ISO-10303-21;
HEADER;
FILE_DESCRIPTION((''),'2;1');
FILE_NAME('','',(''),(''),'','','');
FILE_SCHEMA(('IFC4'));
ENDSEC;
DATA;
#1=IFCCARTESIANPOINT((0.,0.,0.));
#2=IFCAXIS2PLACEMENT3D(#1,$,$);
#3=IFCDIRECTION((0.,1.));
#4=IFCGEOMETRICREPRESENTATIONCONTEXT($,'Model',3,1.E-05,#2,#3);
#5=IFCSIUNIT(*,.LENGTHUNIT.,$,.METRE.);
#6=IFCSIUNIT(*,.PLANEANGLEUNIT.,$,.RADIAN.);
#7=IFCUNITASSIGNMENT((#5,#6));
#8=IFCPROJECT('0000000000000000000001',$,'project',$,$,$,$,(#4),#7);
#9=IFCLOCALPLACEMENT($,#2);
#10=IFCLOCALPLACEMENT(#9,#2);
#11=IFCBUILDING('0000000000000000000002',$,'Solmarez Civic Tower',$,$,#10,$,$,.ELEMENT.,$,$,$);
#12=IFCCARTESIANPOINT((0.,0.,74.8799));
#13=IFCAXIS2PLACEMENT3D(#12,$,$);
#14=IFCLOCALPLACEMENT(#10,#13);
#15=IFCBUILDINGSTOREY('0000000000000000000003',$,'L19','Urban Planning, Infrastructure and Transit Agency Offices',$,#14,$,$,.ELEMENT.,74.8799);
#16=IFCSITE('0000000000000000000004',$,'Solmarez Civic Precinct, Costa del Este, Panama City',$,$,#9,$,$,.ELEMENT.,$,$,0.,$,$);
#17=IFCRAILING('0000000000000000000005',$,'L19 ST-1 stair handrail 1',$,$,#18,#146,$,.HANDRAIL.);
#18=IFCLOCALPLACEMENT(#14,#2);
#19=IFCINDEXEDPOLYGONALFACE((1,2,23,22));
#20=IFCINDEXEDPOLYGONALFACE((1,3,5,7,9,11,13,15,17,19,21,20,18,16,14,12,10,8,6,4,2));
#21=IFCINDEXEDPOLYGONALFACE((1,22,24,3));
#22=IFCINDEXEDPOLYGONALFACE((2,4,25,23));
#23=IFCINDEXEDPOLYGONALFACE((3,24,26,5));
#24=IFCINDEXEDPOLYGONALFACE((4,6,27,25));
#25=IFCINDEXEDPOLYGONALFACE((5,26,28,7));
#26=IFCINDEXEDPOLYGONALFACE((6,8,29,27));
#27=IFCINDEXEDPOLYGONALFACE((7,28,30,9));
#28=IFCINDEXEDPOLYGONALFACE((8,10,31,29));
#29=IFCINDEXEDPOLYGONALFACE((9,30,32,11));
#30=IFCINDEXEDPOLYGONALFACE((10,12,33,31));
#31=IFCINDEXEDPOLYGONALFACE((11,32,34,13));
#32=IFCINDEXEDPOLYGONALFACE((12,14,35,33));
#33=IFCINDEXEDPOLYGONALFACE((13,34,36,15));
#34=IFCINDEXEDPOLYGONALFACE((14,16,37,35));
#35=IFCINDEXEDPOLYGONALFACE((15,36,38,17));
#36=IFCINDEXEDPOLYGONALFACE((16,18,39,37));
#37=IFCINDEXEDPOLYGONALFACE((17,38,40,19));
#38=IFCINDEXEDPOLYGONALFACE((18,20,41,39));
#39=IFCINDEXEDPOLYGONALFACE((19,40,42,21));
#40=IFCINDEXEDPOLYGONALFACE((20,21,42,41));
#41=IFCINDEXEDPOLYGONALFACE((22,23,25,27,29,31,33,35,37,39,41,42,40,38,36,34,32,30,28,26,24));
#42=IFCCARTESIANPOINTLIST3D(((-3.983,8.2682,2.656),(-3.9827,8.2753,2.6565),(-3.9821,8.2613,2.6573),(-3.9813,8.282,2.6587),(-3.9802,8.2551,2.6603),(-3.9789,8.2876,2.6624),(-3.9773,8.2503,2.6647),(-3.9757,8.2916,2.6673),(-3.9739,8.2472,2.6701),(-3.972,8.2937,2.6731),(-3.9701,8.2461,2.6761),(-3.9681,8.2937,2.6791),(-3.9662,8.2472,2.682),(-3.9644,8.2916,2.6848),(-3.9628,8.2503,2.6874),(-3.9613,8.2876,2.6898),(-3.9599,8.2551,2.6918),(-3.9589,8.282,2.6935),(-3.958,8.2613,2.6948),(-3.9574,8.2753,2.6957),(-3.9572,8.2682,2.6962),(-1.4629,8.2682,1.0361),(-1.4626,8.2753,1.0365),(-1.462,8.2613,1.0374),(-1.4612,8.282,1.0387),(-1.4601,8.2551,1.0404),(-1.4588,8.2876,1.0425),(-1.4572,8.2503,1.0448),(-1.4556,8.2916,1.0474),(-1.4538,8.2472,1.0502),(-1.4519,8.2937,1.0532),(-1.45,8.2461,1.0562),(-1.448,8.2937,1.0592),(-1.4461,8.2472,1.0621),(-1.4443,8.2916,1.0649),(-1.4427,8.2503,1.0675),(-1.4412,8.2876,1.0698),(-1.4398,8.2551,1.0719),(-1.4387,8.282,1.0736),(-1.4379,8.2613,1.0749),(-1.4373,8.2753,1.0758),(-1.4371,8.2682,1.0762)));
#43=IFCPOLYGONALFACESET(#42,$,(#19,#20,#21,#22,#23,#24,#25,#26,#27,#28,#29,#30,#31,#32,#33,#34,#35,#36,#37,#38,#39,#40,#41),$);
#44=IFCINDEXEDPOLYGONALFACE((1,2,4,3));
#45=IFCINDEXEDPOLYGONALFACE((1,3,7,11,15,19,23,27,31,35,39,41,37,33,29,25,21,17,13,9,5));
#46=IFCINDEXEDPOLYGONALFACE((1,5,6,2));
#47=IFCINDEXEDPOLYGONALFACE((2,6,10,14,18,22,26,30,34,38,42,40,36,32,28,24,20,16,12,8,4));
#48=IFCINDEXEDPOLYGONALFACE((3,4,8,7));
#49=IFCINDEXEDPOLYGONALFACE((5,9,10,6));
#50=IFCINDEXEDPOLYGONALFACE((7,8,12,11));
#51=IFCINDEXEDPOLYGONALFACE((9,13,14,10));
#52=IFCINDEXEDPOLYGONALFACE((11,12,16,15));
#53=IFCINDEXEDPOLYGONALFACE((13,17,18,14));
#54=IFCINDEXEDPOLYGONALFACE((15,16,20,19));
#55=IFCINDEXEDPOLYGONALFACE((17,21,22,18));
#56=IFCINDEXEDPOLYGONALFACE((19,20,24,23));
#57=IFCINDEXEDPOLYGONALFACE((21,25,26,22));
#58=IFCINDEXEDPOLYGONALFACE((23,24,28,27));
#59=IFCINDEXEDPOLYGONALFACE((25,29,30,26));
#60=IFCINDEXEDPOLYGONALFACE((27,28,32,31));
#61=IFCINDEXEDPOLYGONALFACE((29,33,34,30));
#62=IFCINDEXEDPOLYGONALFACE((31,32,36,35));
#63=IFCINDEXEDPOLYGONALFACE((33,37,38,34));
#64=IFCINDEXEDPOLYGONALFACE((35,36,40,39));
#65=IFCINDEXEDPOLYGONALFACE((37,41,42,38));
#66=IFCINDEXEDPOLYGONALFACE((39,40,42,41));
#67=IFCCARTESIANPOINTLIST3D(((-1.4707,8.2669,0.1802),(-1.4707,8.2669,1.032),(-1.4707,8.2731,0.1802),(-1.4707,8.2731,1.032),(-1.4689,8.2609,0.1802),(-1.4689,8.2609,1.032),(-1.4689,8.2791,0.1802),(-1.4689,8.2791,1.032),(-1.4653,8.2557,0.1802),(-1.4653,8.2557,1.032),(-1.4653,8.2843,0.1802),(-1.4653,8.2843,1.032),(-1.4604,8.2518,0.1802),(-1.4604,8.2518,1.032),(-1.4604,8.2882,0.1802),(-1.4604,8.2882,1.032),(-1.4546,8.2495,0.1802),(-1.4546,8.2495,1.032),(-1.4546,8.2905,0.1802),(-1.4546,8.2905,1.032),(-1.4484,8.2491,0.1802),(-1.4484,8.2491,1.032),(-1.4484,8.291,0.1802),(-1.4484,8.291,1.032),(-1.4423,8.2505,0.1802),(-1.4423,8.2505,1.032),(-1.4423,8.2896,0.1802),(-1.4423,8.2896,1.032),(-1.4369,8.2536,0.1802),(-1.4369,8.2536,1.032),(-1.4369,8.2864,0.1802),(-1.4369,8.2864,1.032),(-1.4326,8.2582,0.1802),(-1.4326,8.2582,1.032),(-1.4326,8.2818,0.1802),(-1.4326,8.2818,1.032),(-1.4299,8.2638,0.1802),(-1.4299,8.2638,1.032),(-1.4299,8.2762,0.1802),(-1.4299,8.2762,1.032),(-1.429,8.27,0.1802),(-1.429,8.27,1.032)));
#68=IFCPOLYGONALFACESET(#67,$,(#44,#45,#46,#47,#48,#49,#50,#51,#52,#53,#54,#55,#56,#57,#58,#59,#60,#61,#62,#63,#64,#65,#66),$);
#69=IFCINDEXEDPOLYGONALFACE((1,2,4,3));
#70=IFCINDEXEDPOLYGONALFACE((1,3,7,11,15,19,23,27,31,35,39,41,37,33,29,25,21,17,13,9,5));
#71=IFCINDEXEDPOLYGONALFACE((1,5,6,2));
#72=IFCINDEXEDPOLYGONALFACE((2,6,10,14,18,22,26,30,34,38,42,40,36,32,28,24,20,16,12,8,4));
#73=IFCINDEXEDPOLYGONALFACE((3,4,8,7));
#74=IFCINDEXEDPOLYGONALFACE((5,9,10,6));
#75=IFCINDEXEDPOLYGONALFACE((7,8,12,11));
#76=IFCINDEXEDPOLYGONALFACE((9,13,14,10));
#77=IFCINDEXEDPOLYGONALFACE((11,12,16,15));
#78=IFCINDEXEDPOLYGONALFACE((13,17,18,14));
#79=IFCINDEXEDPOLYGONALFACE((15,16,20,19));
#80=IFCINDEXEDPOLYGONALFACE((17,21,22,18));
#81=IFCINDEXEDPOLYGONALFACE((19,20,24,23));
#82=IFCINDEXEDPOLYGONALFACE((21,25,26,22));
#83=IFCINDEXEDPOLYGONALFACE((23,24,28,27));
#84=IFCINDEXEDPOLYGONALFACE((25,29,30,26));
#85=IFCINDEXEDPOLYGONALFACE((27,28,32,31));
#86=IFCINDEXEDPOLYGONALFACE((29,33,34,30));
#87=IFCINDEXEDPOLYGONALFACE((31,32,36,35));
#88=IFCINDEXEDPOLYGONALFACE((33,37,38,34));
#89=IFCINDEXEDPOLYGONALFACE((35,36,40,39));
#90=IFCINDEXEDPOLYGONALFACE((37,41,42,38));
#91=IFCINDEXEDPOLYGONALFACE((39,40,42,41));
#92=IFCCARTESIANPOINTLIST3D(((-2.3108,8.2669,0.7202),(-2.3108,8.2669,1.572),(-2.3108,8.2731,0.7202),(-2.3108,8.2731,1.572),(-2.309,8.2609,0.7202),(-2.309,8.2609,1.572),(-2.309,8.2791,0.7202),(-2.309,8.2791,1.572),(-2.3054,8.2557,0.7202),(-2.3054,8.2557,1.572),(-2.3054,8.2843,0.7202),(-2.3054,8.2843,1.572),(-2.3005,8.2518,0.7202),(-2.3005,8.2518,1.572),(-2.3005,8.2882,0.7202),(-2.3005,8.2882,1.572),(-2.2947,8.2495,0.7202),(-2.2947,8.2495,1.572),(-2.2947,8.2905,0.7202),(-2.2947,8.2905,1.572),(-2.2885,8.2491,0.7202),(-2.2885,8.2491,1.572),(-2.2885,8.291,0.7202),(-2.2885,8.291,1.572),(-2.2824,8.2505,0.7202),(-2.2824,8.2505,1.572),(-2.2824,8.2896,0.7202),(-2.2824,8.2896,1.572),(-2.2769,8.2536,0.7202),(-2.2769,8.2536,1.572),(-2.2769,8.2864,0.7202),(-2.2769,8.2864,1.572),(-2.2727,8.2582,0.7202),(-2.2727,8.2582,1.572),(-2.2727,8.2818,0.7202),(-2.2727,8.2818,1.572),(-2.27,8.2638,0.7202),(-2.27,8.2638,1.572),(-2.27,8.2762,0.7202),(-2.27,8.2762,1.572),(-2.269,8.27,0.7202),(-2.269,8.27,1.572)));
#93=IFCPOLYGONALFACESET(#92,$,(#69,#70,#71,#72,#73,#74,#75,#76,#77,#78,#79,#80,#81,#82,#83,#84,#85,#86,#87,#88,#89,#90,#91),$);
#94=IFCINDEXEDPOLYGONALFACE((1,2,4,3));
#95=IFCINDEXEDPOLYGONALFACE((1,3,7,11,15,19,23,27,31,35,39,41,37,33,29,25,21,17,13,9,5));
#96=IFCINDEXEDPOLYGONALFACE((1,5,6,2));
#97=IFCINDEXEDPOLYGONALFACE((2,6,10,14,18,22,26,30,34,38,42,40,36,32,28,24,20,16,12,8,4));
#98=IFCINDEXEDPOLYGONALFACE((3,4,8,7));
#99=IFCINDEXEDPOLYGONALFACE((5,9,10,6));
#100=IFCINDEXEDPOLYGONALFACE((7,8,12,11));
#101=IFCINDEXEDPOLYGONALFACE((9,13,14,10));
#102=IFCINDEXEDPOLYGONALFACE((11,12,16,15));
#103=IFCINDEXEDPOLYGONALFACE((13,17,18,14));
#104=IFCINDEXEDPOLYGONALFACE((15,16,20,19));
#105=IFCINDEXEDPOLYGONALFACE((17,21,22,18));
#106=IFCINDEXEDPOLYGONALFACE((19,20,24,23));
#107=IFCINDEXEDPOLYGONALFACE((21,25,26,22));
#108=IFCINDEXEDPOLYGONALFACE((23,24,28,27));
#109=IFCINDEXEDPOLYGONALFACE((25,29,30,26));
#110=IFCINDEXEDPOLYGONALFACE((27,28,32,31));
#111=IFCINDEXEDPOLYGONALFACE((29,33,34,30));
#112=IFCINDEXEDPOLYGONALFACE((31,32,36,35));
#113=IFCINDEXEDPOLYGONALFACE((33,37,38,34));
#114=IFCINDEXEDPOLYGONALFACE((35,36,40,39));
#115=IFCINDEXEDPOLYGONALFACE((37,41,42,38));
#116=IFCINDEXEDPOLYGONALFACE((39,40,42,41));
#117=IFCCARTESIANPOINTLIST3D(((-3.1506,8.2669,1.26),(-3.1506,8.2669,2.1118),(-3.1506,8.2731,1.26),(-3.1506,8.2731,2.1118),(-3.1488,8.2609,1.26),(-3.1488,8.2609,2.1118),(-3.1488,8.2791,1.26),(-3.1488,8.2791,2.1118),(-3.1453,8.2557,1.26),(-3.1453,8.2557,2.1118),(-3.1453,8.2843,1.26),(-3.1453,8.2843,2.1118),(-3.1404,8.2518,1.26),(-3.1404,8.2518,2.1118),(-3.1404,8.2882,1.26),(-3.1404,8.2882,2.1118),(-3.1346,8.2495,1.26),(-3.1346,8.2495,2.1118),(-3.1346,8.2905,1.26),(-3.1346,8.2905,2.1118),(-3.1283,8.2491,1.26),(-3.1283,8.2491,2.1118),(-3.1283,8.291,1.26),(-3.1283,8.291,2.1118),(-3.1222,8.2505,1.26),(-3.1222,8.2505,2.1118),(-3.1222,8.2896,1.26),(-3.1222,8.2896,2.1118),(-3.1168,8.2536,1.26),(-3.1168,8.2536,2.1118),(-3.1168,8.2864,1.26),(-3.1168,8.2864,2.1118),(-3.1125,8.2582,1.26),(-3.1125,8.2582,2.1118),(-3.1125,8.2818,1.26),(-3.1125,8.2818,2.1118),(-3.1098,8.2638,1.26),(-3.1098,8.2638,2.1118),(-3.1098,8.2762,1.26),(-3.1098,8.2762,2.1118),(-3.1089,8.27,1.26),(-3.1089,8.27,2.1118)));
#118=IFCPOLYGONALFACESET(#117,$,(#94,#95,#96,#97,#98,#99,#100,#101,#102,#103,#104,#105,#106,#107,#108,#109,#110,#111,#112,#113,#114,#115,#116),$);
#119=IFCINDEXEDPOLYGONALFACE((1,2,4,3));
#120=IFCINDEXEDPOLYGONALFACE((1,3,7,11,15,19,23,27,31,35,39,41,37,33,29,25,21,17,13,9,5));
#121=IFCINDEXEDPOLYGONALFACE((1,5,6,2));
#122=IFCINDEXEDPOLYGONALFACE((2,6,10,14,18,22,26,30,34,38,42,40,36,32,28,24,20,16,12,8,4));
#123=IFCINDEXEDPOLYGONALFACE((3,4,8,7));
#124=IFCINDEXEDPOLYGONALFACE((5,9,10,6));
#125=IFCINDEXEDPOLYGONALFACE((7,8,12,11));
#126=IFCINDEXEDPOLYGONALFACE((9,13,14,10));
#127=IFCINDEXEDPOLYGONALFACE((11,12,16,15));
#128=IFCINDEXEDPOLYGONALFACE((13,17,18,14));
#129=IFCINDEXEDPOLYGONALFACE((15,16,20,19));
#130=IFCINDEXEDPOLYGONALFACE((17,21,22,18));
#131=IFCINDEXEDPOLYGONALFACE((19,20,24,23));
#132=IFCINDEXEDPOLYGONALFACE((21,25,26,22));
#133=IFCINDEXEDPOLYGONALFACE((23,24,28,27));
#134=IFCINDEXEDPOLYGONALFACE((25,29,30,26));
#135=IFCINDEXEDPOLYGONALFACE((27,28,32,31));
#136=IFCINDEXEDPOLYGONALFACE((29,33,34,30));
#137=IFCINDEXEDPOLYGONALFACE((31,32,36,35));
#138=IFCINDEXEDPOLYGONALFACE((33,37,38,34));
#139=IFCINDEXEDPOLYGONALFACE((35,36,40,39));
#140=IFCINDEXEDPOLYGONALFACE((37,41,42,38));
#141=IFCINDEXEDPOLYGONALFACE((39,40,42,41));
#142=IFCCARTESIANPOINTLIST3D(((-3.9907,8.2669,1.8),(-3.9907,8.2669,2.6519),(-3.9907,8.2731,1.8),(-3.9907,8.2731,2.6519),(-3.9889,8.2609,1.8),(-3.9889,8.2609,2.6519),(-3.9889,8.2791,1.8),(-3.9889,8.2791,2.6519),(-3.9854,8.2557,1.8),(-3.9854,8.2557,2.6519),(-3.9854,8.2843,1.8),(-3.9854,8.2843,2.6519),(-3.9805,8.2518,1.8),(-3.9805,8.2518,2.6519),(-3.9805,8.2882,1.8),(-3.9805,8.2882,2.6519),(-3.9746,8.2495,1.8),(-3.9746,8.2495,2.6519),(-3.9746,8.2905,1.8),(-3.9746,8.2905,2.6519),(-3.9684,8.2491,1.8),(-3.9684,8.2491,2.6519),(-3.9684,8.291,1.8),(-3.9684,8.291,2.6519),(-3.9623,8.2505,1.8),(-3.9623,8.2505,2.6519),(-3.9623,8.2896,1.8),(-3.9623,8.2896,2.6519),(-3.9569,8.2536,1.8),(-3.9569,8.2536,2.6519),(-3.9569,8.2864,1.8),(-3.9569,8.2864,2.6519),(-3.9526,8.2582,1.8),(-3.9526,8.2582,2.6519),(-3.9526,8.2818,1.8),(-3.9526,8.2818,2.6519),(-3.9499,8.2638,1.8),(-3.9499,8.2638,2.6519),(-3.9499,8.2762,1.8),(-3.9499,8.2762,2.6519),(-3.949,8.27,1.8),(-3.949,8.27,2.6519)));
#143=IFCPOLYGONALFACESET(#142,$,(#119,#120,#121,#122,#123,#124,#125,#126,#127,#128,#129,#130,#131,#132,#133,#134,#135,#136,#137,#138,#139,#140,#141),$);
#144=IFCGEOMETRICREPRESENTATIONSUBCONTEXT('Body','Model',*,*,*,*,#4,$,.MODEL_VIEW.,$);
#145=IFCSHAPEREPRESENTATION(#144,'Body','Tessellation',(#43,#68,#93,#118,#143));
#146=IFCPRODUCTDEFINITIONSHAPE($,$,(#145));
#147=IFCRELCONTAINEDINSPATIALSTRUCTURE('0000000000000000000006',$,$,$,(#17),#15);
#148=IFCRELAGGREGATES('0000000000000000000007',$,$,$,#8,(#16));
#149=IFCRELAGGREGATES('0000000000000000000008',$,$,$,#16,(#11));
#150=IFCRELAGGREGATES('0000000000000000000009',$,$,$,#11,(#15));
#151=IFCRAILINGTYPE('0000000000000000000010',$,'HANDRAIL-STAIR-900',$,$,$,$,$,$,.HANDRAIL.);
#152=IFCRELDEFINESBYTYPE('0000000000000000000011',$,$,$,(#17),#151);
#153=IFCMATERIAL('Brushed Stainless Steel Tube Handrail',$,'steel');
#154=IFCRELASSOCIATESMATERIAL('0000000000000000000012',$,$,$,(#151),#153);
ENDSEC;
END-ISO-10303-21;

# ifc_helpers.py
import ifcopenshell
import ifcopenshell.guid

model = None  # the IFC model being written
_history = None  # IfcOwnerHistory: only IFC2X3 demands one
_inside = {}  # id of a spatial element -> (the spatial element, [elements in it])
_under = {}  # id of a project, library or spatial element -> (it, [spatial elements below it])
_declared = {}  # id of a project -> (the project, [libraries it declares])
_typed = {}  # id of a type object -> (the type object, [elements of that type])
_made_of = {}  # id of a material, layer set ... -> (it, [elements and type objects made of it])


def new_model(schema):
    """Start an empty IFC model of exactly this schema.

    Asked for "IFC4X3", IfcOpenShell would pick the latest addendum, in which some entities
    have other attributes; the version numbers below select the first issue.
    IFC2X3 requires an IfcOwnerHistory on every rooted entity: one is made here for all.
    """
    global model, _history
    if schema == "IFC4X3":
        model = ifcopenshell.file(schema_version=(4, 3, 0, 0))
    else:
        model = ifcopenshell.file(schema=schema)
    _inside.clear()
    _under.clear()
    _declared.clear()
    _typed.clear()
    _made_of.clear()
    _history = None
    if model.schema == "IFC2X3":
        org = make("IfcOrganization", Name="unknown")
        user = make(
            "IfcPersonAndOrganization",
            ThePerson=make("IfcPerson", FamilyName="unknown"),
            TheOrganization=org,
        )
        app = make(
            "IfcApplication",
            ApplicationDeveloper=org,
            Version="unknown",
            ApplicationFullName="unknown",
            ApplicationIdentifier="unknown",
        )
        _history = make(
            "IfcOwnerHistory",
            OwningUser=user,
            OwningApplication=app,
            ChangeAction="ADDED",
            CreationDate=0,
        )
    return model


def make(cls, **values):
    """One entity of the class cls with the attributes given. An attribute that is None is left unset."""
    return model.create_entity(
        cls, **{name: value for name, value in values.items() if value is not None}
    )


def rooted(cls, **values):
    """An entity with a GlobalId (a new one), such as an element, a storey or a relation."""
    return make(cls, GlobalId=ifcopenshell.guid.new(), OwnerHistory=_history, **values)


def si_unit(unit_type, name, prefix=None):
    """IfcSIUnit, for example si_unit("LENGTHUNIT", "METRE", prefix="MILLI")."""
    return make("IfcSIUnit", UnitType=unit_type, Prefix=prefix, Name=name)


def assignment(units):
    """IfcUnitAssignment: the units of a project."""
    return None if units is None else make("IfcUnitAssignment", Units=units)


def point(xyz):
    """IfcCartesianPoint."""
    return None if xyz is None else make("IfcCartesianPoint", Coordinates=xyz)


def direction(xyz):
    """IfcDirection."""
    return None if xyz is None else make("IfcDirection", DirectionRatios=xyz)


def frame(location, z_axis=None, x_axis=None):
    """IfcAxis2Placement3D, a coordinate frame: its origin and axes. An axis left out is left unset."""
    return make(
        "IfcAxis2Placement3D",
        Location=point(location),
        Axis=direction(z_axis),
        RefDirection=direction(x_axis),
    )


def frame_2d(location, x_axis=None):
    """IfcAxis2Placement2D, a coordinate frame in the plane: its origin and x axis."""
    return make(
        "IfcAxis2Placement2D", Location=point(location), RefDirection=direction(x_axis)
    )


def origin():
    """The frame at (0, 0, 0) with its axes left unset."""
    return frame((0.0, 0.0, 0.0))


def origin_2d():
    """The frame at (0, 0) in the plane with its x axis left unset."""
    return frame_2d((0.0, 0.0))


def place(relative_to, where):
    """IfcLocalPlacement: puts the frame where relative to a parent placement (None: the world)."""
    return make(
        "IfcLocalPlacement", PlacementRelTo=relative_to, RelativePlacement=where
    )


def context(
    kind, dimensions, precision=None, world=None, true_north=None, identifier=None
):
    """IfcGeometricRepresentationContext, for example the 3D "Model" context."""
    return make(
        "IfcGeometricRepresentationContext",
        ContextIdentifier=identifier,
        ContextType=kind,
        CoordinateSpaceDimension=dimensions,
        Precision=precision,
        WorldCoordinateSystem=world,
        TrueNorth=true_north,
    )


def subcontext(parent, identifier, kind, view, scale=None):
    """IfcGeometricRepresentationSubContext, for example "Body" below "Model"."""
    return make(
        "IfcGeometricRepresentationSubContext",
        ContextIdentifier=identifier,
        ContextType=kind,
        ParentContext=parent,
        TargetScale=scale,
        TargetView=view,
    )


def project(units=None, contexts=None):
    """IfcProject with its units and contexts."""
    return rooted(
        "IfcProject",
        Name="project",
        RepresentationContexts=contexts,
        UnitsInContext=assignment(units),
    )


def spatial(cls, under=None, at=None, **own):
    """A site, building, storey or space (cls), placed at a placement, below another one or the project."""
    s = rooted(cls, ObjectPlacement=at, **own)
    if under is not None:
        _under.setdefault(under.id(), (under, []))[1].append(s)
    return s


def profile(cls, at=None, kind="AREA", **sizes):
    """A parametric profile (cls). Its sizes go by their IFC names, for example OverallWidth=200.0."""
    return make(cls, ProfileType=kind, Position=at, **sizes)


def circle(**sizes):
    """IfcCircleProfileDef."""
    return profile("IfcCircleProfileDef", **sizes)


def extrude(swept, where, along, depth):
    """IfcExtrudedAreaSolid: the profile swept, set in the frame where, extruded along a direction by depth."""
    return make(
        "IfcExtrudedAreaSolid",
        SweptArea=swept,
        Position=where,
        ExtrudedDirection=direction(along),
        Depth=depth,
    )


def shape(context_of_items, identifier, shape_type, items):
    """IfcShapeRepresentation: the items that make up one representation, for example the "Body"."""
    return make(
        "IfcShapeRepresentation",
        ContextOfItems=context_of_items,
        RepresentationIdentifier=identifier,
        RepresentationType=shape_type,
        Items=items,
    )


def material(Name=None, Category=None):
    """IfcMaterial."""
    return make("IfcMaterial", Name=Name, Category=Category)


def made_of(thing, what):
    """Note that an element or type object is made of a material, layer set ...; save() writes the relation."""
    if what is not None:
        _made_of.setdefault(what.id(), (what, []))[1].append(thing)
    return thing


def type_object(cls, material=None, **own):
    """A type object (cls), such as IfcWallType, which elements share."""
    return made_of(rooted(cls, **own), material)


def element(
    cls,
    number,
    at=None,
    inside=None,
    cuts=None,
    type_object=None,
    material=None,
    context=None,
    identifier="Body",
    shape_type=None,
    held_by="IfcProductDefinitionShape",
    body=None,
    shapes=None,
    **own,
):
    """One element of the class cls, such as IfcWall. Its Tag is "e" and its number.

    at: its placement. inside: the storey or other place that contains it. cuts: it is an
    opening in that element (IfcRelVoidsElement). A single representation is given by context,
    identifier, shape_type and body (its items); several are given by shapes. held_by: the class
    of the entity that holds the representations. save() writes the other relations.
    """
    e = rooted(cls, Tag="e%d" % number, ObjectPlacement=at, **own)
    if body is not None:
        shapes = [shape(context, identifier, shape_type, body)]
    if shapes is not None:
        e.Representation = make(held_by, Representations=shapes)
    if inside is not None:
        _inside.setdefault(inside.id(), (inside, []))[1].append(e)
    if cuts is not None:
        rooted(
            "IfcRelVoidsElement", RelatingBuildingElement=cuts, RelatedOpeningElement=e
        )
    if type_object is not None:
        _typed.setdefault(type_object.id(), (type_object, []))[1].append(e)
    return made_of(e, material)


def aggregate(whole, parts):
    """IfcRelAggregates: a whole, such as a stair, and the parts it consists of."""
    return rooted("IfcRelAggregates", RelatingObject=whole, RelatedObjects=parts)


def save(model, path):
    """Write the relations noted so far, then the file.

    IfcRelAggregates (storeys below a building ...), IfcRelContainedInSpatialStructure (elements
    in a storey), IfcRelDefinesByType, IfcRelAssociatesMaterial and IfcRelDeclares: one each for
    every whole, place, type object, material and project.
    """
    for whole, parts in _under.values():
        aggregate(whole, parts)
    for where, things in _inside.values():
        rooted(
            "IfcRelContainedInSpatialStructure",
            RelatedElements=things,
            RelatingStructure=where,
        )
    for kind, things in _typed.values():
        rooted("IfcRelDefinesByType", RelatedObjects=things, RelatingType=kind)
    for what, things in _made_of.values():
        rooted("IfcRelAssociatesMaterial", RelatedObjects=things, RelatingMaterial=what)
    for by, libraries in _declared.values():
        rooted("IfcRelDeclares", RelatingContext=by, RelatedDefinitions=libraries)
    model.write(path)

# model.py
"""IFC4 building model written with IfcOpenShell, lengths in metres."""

from ifc_helpers import new_model, si_unit, direction, frame, origin, origin_2d, place, context, subcontext, project, spatial, circle, extrude, material, type_object, element, save


model = new_model("IFC4")

# Units and contexts
model_context = context("Model", 3, precision=1e-05, world=origin(), true_north=direction((0.0, 1.0)))
body_context = subcontext(model_context, "Body", "Model", "MODEL_VIEW")
ifc_project = project(units=[si_unit("LENGTHUNIT", "METRE"), si_unit("PLANEANGLEUNIT", "RADIAN")], contexts=[model_context])

# Site, building, storey
site_placement = place(None, origin())
site = spatial("IfcSite", under=ifc_project, at=site_placement, Name="Solmarez Civic Precinct, Costa del Este, Panama City", CompositionType="ELEMENT", RefElevation=0.0)
building_placement = place(site_placement, origin())
building = spatial("IfcBuilding", under=site, at=building_placement, Name="Solmarez Civic Tower", CompositionType="ELEMENT")
storey_placement = place(building_placement, frame((0.0, 0.0, 74.8799)))
storey = spatial("IfcBuildingStorey", under=building, at=storey_placement, Name="L19", Description="Urban Planning, Infrastructure and Transit Agency Offices", CompositionType="ELEMENT", Elevation=74.8799)

# Railing
ifc_material_1 = material(Name="Brushed Stainless Steel Tube Handrail", Category="steel")
railing_type_1 = type_object("IfcRailingType", Name="HANDRAIL-STAIR-900", PredefinedType="HANDRAIL", material=ifc_material_1)
railing_1_placement = place(storey_placement, frame((-1.45, 8.27, 0.1802)))
element("IfcRailing", 1, at=railing_1_placement, inside=storey, type_object=railing_type_1, Name="L19 ST-1 stair handrail 1", PredefinedType="HANDRAIL", context=body_context, shape_type="SweptSolid", body=[
    extrude(circle(Radius=0.0239, at=origin_2d()), frame((0.0, 0.0, 0.876), z_axis=(-0.8412, 0.0, 0.540725), x_axis=(0.0, -1.0, 0.0)), (0.0, 0.0, 1.0), 2.9958),
    extrude(circle(Radius=0.021, at=origin_2d()), origin(), (0.0, 0.0, 1.0), 0.8518),
    extrude(circle(Radius=0.021, at=origin_2d()), frame((-0.8401, 0.0, 0.54)), (0.0, 0.0, 1.0), 0.8518),
    extrude(circle(Radius=0.021, at=origin_2d()), frame((-1.6799, 0.0, 1.0798)), (0.0, 0.0, 1.0), 0.8518),
    extrude(circle(Radius=0.021, at=origin_2d()), frame((-2.52, 0.0, 1.6199)), (0.0, 0.0, 1.0), 0.8518),
])

save(model, "model.ifc")
